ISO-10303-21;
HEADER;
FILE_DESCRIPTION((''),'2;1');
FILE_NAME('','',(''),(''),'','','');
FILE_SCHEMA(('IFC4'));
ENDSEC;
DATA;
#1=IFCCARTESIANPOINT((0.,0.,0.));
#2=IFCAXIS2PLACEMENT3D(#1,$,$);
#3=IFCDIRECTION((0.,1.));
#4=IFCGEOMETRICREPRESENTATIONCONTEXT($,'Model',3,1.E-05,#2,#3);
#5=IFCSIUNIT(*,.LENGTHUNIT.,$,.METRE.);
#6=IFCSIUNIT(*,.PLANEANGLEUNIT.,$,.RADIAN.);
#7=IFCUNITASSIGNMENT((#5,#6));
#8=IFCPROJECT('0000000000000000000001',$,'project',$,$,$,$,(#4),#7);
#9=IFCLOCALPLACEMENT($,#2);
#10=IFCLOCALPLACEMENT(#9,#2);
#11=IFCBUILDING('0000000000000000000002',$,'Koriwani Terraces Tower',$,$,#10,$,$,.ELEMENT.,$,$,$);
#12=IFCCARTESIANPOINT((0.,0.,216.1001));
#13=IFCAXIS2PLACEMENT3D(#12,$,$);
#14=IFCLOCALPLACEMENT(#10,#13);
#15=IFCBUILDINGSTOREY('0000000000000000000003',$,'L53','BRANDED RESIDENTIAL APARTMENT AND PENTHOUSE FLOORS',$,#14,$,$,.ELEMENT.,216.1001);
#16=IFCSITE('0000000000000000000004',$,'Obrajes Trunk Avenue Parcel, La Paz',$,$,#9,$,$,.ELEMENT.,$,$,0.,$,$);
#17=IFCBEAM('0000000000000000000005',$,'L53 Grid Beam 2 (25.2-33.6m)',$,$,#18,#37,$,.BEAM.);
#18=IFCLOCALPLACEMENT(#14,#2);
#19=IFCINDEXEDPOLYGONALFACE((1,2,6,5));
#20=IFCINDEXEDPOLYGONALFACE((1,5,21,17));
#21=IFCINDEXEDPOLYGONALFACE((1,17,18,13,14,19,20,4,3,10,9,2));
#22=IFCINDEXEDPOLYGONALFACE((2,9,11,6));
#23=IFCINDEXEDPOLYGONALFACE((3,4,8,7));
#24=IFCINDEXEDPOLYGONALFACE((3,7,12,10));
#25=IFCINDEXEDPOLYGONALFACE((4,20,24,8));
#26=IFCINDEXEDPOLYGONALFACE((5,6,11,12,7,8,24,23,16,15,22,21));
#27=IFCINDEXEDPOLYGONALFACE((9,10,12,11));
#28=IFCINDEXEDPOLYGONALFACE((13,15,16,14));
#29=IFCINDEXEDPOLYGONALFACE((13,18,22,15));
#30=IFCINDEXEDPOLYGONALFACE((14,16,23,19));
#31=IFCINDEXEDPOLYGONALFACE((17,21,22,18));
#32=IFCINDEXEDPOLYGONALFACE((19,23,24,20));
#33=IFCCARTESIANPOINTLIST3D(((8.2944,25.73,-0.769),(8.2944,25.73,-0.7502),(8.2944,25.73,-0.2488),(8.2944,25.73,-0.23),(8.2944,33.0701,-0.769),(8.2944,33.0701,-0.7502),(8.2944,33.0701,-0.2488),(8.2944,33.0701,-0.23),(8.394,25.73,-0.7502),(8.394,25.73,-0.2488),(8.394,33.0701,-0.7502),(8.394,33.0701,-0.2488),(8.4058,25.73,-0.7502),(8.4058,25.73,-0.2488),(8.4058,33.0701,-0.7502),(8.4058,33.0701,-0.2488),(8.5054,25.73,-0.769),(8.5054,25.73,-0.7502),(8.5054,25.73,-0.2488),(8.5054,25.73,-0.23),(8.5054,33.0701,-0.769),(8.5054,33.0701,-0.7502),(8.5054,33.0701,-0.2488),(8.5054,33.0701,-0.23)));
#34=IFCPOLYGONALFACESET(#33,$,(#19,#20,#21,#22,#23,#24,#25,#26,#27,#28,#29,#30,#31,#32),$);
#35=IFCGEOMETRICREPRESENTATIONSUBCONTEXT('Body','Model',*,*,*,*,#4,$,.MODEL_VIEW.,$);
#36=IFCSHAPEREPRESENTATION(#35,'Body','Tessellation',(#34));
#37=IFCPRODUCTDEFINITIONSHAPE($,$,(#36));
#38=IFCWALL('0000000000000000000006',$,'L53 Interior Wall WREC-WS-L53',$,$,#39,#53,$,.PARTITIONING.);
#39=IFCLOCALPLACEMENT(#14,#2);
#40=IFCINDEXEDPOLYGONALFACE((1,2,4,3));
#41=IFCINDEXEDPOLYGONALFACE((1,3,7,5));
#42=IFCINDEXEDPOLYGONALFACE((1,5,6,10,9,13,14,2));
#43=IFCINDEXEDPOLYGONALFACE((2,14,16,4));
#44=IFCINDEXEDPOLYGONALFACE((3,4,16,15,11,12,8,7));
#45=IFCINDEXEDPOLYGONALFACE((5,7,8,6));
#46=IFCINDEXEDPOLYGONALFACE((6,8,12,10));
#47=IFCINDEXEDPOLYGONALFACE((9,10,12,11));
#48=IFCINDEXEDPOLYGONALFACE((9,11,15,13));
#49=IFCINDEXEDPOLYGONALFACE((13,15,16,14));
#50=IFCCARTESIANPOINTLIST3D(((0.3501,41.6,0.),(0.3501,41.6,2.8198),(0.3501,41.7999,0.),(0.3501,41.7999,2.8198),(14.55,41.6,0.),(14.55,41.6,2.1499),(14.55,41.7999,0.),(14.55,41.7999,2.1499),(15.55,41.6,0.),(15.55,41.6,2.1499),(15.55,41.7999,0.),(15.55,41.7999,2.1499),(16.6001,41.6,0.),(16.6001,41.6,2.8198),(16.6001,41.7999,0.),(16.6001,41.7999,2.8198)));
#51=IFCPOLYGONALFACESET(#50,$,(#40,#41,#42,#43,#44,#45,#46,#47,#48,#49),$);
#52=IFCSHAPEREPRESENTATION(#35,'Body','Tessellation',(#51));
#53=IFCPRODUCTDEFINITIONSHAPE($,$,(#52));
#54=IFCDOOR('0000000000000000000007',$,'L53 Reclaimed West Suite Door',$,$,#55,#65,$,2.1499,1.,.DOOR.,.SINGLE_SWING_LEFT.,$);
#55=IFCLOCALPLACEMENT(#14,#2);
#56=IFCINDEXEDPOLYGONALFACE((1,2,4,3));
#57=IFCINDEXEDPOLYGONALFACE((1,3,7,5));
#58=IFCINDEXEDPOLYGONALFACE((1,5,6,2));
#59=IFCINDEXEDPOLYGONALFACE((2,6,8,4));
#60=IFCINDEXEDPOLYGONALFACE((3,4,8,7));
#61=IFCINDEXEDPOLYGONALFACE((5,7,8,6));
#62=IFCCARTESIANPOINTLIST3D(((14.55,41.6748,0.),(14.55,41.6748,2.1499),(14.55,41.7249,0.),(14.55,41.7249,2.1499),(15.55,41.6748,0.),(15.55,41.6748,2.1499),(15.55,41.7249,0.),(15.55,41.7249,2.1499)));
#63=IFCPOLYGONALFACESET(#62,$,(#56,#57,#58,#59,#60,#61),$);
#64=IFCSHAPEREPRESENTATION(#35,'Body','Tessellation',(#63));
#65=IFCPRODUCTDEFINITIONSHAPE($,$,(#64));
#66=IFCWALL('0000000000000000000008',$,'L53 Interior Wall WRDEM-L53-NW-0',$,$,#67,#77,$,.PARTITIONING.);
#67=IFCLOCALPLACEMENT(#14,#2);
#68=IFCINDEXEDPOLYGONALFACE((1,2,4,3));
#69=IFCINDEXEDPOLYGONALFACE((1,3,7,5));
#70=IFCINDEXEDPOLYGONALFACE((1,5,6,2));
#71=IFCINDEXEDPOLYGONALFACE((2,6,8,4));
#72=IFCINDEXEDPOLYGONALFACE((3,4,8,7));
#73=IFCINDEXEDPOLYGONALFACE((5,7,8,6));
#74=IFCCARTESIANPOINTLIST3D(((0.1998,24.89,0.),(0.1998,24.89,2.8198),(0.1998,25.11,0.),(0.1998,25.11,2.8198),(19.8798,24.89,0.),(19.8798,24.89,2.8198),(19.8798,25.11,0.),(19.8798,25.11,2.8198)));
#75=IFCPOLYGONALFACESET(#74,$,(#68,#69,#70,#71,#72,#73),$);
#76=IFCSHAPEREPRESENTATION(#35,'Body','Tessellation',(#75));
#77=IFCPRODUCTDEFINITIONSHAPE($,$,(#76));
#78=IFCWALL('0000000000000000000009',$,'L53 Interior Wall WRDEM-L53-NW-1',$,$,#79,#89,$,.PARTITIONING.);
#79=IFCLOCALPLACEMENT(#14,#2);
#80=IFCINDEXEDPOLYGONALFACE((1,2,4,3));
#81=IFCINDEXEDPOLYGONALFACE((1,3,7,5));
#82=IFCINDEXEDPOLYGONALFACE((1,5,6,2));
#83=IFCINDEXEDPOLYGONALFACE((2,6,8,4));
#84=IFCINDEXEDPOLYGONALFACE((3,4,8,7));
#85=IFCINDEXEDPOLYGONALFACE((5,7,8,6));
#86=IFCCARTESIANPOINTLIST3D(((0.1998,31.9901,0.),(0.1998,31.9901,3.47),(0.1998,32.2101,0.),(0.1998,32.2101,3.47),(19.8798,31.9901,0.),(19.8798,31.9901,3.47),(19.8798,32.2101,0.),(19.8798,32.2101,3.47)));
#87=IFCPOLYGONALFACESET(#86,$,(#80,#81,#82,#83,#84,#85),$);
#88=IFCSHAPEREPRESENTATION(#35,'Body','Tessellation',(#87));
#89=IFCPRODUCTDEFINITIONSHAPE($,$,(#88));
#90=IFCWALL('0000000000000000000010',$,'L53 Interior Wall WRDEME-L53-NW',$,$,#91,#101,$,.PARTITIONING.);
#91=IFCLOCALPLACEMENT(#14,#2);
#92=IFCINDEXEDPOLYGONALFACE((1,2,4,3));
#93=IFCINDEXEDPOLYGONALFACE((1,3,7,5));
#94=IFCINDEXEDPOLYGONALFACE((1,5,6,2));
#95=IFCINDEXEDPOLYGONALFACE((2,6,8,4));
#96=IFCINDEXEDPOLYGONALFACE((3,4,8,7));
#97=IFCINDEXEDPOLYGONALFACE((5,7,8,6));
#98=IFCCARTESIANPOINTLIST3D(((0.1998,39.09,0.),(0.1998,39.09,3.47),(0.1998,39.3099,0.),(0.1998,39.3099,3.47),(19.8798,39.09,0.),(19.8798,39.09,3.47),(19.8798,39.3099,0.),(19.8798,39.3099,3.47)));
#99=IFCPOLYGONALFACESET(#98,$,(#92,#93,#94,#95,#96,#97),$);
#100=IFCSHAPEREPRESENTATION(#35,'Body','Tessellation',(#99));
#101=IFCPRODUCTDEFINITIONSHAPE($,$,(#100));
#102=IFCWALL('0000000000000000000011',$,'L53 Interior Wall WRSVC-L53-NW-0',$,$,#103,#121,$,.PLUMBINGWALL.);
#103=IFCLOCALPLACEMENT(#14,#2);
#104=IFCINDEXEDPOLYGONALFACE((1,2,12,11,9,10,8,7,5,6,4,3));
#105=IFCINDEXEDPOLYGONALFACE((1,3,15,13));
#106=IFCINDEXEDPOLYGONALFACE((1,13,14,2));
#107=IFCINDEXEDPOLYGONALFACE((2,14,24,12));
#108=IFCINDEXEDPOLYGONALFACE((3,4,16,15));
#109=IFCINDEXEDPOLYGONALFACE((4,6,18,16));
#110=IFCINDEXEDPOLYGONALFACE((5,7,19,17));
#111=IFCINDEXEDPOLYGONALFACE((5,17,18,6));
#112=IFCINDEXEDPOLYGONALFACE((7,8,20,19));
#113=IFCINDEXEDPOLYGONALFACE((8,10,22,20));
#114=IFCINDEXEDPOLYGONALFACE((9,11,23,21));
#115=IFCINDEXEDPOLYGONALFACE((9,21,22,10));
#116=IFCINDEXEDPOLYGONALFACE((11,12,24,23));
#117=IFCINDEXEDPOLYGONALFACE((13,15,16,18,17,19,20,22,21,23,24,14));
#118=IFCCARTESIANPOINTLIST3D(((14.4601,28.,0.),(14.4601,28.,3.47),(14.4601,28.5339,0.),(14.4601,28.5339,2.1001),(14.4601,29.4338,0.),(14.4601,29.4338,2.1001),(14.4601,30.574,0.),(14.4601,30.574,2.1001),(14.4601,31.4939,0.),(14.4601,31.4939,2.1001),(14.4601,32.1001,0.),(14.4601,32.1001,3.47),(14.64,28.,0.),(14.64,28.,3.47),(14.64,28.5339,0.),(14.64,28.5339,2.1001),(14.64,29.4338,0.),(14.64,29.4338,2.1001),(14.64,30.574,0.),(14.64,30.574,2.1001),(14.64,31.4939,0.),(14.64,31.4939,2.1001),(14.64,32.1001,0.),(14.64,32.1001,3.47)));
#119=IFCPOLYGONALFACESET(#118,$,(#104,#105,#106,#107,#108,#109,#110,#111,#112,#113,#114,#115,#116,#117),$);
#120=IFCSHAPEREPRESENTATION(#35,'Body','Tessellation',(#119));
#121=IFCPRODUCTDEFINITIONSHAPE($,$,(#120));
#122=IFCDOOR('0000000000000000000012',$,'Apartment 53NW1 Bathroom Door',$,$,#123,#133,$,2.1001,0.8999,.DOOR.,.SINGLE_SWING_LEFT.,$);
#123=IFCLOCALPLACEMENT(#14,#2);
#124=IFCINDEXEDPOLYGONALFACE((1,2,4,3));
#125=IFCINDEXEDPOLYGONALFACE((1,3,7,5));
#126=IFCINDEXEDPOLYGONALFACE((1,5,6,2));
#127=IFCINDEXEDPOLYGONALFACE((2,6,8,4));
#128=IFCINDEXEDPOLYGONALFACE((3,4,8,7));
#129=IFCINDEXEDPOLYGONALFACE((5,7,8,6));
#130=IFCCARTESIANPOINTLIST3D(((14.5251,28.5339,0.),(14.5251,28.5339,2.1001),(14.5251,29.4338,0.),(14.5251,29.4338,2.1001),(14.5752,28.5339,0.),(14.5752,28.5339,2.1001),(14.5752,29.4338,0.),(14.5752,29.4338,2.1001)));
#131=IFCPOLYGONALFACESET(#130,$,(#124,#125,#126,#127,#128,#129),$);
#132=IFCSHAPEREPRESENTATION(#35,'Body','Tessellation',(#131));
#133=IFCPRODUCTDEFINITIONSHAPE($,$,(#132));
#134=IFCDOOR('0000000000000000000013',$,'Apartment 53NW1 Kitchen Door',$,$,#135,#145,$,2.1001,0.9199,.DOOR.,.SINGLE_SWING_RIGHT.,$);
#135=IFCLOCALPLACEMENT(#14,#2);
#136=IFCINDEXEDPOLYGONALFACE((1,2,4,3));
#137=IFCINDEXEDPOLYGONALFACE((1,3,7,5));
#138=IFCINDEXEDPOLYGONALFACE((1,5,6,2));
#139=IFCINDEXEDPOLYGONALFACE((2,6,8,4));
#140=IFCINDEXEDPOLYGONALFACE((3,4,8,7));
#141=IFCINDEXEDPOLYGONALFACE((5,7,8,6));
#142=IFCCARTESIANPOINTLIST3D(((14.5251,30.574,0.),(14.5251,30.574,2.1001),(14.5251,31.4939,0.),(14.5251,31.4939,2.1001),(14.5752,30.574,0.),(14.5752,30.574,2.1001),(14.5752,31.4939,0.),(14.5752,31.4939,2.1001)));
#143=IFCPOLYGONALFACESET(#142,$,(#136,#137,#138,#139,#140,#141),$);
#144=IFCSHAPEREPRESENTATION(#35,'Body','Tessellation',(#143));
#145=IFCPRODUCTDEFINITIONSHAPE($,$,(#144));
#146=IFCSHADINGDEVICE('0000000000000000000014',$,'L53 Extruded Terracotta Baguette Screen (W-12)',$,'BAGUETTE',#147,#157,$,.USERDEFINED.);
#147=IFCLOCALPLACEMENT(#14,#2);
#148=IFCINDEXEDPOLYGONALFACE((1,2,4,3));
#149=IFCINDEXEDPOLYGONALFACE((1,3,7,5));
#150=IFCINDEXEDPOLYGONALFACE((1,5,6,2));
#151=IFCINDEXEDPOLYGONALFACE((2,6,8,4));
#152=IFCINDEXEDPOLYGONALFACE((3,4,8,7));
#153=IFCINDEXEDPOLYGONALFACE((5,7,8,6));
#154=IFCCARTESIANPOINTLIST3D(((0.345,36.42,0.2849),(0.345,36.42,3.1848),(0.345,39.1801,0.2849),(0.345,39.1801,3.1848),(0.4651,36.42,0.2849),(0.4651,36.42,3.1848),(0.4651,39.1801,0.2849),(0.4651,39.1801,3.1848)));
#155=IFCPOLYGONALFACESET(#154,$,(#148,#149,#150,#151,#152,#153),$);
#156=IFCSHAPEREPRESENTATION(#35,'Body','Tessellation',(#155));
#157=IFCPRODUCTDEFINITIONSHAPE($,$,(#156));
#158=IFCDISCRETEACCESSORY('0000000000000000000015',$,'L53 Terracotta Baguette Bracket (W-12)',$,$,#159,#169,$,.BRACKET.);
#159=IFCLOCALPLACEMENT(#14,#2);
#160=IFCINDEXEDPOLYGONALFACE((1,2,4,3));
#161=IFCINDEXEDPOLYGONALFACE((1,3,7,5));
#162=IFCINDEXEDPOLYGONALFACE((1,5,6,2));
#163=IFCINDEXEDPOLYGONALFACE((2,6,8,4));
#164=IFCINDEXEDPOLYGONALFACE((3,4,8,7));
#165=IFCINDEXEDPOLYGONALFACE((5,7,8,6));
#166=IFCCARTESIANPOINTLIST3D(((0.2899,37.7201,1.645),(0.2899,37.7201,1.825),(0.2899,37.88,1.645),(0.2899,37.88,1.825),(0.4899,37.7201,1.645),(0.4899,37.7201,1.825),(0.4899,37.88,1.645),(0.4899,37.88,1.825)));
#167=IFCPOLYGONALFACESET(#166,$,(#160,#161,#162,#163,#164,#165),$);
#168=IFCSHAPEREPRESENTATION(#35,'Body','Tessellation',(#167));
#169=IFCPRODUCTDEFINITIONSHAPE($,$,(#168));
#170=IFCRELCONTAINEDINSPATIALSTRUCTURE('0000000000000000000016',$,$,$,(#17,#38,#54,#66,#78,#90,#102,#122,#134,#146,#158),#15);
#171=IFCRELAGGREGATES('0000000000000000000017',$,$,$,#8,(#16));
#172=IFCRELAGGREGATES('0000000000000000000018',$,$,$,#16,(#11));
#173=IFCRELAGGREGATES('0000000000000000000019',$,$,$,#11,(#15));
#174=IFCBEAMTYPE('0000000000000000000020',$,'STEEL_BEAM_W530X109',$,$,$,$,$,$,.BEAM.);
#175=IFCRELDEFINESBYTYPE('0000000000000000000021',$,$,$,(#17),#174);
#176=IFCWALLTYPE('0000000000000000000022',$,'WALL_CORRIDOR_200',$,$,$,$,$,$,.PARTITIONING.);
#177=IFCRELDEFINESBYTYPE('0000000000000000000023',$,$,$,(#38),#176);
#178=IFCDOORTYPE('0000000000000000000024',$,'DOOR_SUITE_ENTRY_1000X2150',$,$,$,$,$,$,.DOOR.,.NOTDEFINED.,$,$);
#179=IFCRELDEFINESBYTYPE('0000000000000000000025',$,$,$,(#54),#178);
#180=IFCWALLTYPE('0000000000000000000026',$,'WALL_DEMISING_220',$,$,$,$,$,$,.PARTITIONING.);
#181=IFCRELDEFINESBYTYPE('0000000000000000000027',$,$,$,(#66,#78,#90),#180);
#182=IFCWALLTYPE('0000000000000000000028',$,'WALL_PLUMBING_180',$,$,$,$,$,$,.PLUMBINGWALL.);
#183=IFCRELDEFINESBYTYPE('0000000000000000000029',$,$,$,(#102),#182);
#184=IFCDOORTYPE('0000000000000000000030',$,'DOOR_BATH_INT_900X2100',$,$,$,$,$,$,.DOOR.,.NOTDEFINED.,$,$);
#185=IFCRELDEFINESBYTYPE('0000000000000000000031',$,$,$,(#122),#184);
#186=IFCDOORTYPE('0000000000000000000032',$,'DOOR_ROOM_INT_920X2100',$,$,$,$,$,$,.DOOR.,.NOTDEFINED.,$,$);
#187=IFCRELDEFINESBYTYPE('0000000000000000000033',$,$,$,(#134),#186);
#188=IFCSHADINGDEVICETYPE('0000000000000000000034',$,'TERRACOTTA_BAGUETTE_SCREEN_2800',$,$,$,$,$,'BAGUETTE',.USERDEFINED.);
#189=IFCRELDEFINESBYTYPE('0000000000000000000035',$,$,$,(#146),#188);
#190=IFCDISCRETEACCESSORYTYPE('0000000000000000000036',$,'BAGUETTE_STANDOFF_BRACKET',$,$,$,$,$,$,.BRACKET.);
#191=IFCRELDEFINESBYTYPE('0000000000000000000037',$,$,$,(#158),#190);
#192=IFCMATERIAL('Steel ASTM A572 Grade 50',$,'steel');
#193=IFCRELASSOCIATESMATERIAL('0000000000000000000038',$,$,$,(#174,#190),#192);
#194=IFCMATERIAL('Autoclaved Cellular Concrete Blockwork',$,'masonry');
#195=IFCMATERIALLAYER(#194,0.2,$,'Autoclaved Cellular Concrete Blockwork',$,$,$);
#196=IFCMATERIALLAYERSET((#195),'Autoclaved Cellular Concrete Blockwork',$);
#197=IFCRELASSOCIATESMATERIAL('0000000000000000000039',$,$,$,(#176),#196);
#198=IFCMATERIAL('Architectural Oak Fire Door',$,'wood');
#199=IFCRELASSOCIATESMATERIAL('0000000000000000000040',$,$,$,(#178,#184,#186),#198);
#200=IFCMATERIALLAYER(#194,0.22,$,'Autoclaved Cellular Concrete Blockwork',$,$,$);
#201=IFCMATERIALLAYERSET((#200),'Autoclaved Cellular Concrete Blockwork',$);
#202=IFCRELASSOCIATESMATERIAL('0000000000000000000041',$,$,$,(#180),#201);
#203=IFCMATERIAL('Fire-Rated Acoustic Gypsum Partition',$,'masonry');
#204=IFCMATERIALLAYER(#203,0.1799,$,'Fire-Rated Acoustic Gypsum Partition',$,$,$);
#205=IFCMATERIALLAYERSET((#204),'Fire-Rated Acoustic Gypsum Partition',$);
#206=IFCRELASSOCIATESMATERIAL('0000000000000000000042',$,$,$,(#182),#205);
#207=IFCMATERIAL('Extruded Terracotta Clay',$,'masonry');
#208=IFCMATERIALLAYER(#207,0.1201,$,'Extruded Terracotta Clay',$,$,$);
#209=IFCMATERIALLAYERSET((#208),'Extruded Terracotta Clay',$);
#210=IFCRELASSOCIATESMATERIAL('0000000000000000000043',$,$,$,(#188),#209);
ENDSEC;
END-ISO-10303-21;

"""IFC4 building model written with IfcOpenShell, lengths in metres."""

from ifc_helpers import new_model, si_unit, direction, frame, frame_2d, origin, origin_2d, place, context, subcontext, project, spatial, rectangle, i_section, extrude, material, layer, layer_set, material_profile, profile_set, type_object, element, fill, save


model = new_model("IFC4")

# Units and contexts
model_context = context("Model", 3, precision=1e-05, world=origin(), true_north=direction((0.0, 1.0)))
body_context = subcontext(model_context, "Body", "Model", "MODEL_VIEW")
ifc_project = project(units=[si_unit("LENGTHUNIT", "METRE"), si_unit("PLANEANGLEUNIT", "RADIAN")], contexts=[model_context])

# Site, building, storey
site_placement = place(None, origin())
site = spatial("IfcSite", under=ifc_project, at=site_placement, Name="Obrajes Trunk Avenue Parcel, La Paz", CompositionType="ELEMENT", RefElevation=0.0)
building_placement = place(site_placement, origin())
building = spatial("IfcBuilding", under=site, at=building_placement, Name="Koriwani Terraces Tower", CompositionType="ELEMENT")
storey_placement = place(building_placement, frame((0.0, 0.0, 216.1001)))
storey = spatial("IfcBuildingStorey", under=building, at=storey_placement, Name="L53", Description="BRANDED RESIDENTIAL APARTMENT AND PENTHOUSE FLOORS", CompositionType="ELEMENT", Elevation=216.1001)

# Beam
ifc_material_1 = material(Name="Steel ASTM A572 Grade 50", Category="steel")
ifc_material_profile_1 = material_profile(ifc_material_1, i_section(OverallWidth=0.2109, OverallDepth=0.5391, WebThickness=0.0117, FlangeThickness=0.0188, at=origin_2d()), Name="Steel ASTM A572 Grade 50", Category="LoadBearing")
ifc_profile_set_1 = profile_set([ifc_material_profile_1], Name="Steel ASTM A572 Grade 50")
beam_type_1 = type_object("IfcBeamType", Name="STEEL_BEAM_W530X109", PredefinedType="BEAM", material=ifc_profile_set_1)
for number, where, z_axis, x_axis, name in (
    (1, (8.3999, 25.73, -0.4995), (0.0, 1.0, 0.0), (-1.0, 0.0, 0.0), "L53 Grid Beam 2 (25.2-33.6m)"),
):
    element("IfcBeam", number, at=place(storey_placement, frame(where, z_axis=z_axis, x_axis=x_axis)), inside=storey, type_object=beam_type_1, Name=name, PredefinedType="BEAM", context=body_context, shape_type="SweptSolid", body=[
        extrude(i_section(OverallWidth=0.2109, OverallDepth=0.5391, WebThickness=0.0117, FlangeThickness=0.0188, at=origin_2d()), origin(), (0.0, 0.0, 1.0), 7.3401),
    ])

# Wall, opening, door
ifc_material_2 = material(Name="Autoclaved Cellular Concrete Blockwork", Category="masonry")
ifc_layer_1 = layer(ifc_material_2, 0.2, Name="Autoclaved Cellular Concrete Blockwork")
ifc_layer_set_1 = layer_set([ifc_layer_1], Name="Autoclaved Cellular Concrete Blockwork")
wall_type_1 = type_object("IfcWallType", Name="WALL_CORRIDOR_200", PredefinedType="PARTITIONING", material=ifc_layer_set_1)
wall_1_placement = place(storey_placement, frame((0.3501, 41.7, 0.0), z_axis=(0.0, 0.0, 1.0), x_axis=(1.0, 0.0, 0.0)))
wall_1 = element("IfcWall", 2, at=wall_1_placement, inside=storey, type_object=wall_type_1, Name="L53 Interior Wall WREC-WS-L53", PredefinedType="PARTITIONING", context=body_context, shape_type="SweptSolid", body=[
    extrude(rectangle(XDim=16.25, YDim=0.2, at=frame_2d((8.125, 0.0))), origin(), (0.0, 0.0, 1.0), 2.8198),
])
opening_1_placement = place(wall_1_placement, frame((14.2, 0.0, 0.0)))
opening_1 = element("IfcOpeningElement", 3, at=opening_1_placement, cuts=wall_1, PredefinedType="OPENING", context=body_context, shape_type="SweptSolid", body=[
    extrude(rectangle(XDim=1.0, YDim=2.1499, at=frame_2d((0.5, 1.075))), frame((0.0, 0.1099, 0.0), z_axis=(0.0, -1.0, 0.0), x_axis=(1.0, 0.0, 0.0)), (0.0, 0.0, 1.0), 0.22),
])
ifc_material_3 = material(Name="Architectural Oak Fire Door", Category="wood")
door_type_1 = type_object("IfcDoorType", Name="DOOR_SUITE_ENTRY_1000X2150", OperationType="NOTDEFINED", PredefinedType="DOOR", material=ifc_material_3)
door_1_placement = place(opening_1_placement, origin())
door_1 = element("IfcDoor", 4, at=door_1_placement, inside=storey, type_object=door_type_1, Name="L53 Reclaimed West Suite Door", OperationType="SINGLE_SWING_LEFT", OverallHeight=2.1499, OverallWidth=1.0, PredefinedType="DOOR", context=body_context, shape_type="SweptSolid", body=[
    extrude(rectangle(XDim=1.0, YDim=2.1499, at=frame_2d((0.5, 1.075))), frame((0.0, 0.0249, 0.0), z_axis=(0.0, -1.0, 0.0), x_axis=(1.0, 0.0, 0.0)), (0.0, 0.0, 1.0), 0.05),
])
fill(opening_1, door_1)

# Walls
ifc_layer_2 = layer(ifc_material_2, 0.22, Name="Autoclaved Cellular Concrete Blockwork")
ifc_layer_set_2 = layer_set([ifc_layer_2], Name="Autoclaved Cellular Concrete Blockwork")
wall_type_2 = type_object("IfcWallType", Name="WALL_DEMISING_220", PredefinedType="PARTITIONING", material=ifc_layer_set_2)
wall_2_placement = place(storey_placement, frame((0.2, 25.0, 0.0), z_axis=(0.0, 0.0, 1.0), x_axis=(1.0, 0.0, 0.0)))
element("IfcWall", 5, at=wall_2_placement, inside=storey, type_object=wall_type_2, Name="L53 Interior Wall WRDEM-L53-NW-0", PredefinedType="PARTITIONING", context=body_context, shape_type="SweptSolid", body=[
    extrude(rectangle(XDim=19.6799, YDim=0.22, at=frame_2d((9.8398, 0.0))), origin(), (0.0, 0.0, 1.0), 2.8198),
])
for number, where, z_axis, x_axis, name in (
    (6, (0.2, 32.1001, 0.0), (0.0, 0.0, 1.0), (1.0, 0.0, 0.0), "L53 Interior Wall WRDEM-L53-NW-1"),
    (7, (0.2, 39.2, 0.0), (0.0, 0.0, 1.0), (1.0, 0.0, 0.0), "L53 Interior Wall WRDEME-L53-NW"),
):
    element("IfcWall", number, at=place(storey_placement, frame(where, z_axis=z_axis, x_axis=x_axis)), inside=storey, type_object=wall_type_2, Name=name, PredefinedType="PARTITIONING", context=body_context, shape_type="SweptSolid", body=[
        extrude(rectangle(XDim=19.6799, YDim=0.22, at=frame_2d((9.8398, 0.0))), origin(), (0.0, 0.0, 1.0), 3.47),
    ])

# Wall, openings, doors
ifc_material_4 = material(Name="Fire-Rated Acoustic Gypsum Partition", Category="masonry")
ifc_layer_3 = layer(ifc_material_4, 0.1799, Name="Fire-Rated Acoustic Gypsum Partition")
ifc_layer_set_3 = layer_set([ifc_layer_3], Name="Fire-Rated Acoustic Gypsum Partition")
wall_type_3 = type_object("IfcWallType", Name="WALL_PLUMBING_180", PredefinedType="PLUMBINGWALL", material=ifc_layer_set_3)
wall_3_placement = place(storey_placement, frame((14.55, 28.0, 0.0), z_axis=(0.0, 0.0, 1.0), x_axis=(0.0, 1.0, 0.0)))
wall_3 = element("IfcWall", 8, at=wall_3_placement, inside=storey, type_object=wall_type_3, Name="L53 Interior Wall WRSVC-L53-NW-0", PredefinedType="PLUMBINGWALL", context=body_context, shape_type="SweptSolid", body=[
    extrude(rectangle(XDim=4.1001, YDim=0.1799, at=frame_2d((2.05, 0.0))), origin(), (0.0, 0.0, 1.0), 3.47),
])
opening_2_placement = place(wall_3_placement, frame((0.5339, 0.0, 0.0)))
opening_2 = element("IfcOpeningElement", 9, at=opening_2_placement, cuts=wall_3, PredefinedType="OPENING", context=body_context, shape_type="SweptSolid", body=[
    extrude(rectangle(XDim=0.8999, YDim=2.1001, at=frame_2d((0.45, 1.05))), frame((0.0, 0.1001, 0.0), z_axis=(0.0, -1.0, 0.0), x_axis=(1.0, 0.0, 0.0)), (0.0, 0.0, 1.0), 0.2),
])
opening_3_placement = place(wall_3_placement, frame((2.574, 0.0, 0.0)))
opening_3 = element("IfcOpeningElement", 10, at=opening_3_placement, cuts=wall_3, PredefinedType="OPENING", context=body_context, shape_type="SweptSolid", body=[
    extrude(rectangle(XDim=0.9199, YDim=2.1001, at=frame_2d((0.46, 1.05))), frame((0.0, 0.1001, 0.0), z_axis=(0.0, -1.0, 0.0), x_axis=(1.0, 0.0, 0.0)), (0.0, 0.0, 1.0), 0.2),
])
door_type_2 = type_object("IfcDoorType", Name="DOOR_BATH_INT_900X2100", OperationType="NOTDEFINED", PredefinedType="DOOR", material=ifc_material_3)
door_2_placement = place(opening_2_placement, origin())
door_2 = element("IfcDoor", 11, at=door_2_placement, inside=storey, type_object=door_type_2, Name="Apartment 53NW1 Bathroom Door", OperationType="SINGLE_SWING_LEFT", OverallHeight=2.1001, OverallWidth=0.8999, PredefinedType="DOOR", context=body_context, shape_type="SweptSolid", body=[
    extrude(rectangle(XDim=0.8999, YDim=2.1001, at=frame_2d((0.45, 1.05))), frame((0.0, 0.0249, 0.0), z_axis=(0.0, -1.0, 0.0), x_axis=(1.0, 0.0, 0.0)), (0.0, 0.0, 1.0), 0.05),
])
fill(opening_2, door_2)
door_type_3 = type_object("IfcDoorType", Name="DOOR_ROOM_INT_920X2100", OperationType="NOTDEFINED", PredefinedType="DOOR", material=ifc_material_3)
door_3_placement = place(opening_3_placement, origin())
door_3 = element("IfcDoor", 12, at=door_3_placement, inside=storey, type_object=door_type_3, Name="Apartment 53NW1 Kitchen Door", OperationType="SINGLE_SWING_RIGHT", OverallHeight=2.1001, OverallWidth=0.9199, PredefinedType="DOOR", context=body_context, shape_type="SweptSolid", body=[
    extrude(rectangle(XDim=0.9199, YDim=2.1001, at=frame_2d((0.46, 1.05))), frame((0.0, 0.0249, 0.0), z_axis=(0.0, -1.0, 0.0), x_axis=(1.0, 0.0, 0.0)), (0.0, 0.0, 1.0), 0.05),
])
fill(opening_3, door_3)

# Shading device
ifc_material_5 = material(Name="Extruded Terracotta Clay", Category="masonry")
ifc_layer_4 = layer(ifc_material_5, 0.1201, Name="Extruded Terracotta Clay")
ifc_layer_set_4 = layer_set([ifc_layer_4], Name="Extruded Terracotta Clay")
shading_device_type = type_object("IfcShadingDeviceType", Name="TERRACOTTA_BAGUETTE_SCREEN_2800", ElementType="BAGUETTE", PredefinedType="USERDEFINED", material=ifc_layer_set_4)
shading_device_placement = place(storey_placement, frame((0.405, 37.8, 0.2849), z_axis=(0.0, 0.0, 1.0), x_axis=(0.0, 1.0, 0.0)))
element("IfcShadingDevice", 13, at=shading_device_placement, inside=storey, type_object=shading_device_type, Name="L53 Extruded Terracotta Baguette Screen (W-12)", ObjectType="BAGUETTE", PredefinedType="USERDEFINED", context=body_context, shape_type="SweptSolid", body=[
    extrude(rectangle(XDim=2.76, YDim=0.1201, at=origin_2d()), origin(), (0.0, 0.0, 1.0), 2.8999),
])

# Discrete accessory
discrete_accessory_type = type_object("IfcDiscreteAccessoryType", Name="BAGUETTE_STANDOFF_BRACKET", PredefinedType="BRACKET", material=ifc_material_1)
discrete_accessory_placement = place(storey_placement, frame((0.3899, 37.8, 1.645), z_axis=(0.0, 0.0, 1.0), x_axis=(0.0, 1.0, 0.0)))
element("IfcDiscreteAccessory", 14, at=discrete_accessory_placement, inside=storey, type_object=discrete_accessory_type, Name="L53 Terracotta Baguette Bracket (W-12)", PredefinedType="BRACKET", context=body_context, shape_type="SweptSolid", body=[
    extrude(rectangle(XDim=0.1599, YDim=0.2, at=origin_2d()), origin(), (0.0, 0.0, 1.0), 0.1799),
])

save(model, "model.ifc")
